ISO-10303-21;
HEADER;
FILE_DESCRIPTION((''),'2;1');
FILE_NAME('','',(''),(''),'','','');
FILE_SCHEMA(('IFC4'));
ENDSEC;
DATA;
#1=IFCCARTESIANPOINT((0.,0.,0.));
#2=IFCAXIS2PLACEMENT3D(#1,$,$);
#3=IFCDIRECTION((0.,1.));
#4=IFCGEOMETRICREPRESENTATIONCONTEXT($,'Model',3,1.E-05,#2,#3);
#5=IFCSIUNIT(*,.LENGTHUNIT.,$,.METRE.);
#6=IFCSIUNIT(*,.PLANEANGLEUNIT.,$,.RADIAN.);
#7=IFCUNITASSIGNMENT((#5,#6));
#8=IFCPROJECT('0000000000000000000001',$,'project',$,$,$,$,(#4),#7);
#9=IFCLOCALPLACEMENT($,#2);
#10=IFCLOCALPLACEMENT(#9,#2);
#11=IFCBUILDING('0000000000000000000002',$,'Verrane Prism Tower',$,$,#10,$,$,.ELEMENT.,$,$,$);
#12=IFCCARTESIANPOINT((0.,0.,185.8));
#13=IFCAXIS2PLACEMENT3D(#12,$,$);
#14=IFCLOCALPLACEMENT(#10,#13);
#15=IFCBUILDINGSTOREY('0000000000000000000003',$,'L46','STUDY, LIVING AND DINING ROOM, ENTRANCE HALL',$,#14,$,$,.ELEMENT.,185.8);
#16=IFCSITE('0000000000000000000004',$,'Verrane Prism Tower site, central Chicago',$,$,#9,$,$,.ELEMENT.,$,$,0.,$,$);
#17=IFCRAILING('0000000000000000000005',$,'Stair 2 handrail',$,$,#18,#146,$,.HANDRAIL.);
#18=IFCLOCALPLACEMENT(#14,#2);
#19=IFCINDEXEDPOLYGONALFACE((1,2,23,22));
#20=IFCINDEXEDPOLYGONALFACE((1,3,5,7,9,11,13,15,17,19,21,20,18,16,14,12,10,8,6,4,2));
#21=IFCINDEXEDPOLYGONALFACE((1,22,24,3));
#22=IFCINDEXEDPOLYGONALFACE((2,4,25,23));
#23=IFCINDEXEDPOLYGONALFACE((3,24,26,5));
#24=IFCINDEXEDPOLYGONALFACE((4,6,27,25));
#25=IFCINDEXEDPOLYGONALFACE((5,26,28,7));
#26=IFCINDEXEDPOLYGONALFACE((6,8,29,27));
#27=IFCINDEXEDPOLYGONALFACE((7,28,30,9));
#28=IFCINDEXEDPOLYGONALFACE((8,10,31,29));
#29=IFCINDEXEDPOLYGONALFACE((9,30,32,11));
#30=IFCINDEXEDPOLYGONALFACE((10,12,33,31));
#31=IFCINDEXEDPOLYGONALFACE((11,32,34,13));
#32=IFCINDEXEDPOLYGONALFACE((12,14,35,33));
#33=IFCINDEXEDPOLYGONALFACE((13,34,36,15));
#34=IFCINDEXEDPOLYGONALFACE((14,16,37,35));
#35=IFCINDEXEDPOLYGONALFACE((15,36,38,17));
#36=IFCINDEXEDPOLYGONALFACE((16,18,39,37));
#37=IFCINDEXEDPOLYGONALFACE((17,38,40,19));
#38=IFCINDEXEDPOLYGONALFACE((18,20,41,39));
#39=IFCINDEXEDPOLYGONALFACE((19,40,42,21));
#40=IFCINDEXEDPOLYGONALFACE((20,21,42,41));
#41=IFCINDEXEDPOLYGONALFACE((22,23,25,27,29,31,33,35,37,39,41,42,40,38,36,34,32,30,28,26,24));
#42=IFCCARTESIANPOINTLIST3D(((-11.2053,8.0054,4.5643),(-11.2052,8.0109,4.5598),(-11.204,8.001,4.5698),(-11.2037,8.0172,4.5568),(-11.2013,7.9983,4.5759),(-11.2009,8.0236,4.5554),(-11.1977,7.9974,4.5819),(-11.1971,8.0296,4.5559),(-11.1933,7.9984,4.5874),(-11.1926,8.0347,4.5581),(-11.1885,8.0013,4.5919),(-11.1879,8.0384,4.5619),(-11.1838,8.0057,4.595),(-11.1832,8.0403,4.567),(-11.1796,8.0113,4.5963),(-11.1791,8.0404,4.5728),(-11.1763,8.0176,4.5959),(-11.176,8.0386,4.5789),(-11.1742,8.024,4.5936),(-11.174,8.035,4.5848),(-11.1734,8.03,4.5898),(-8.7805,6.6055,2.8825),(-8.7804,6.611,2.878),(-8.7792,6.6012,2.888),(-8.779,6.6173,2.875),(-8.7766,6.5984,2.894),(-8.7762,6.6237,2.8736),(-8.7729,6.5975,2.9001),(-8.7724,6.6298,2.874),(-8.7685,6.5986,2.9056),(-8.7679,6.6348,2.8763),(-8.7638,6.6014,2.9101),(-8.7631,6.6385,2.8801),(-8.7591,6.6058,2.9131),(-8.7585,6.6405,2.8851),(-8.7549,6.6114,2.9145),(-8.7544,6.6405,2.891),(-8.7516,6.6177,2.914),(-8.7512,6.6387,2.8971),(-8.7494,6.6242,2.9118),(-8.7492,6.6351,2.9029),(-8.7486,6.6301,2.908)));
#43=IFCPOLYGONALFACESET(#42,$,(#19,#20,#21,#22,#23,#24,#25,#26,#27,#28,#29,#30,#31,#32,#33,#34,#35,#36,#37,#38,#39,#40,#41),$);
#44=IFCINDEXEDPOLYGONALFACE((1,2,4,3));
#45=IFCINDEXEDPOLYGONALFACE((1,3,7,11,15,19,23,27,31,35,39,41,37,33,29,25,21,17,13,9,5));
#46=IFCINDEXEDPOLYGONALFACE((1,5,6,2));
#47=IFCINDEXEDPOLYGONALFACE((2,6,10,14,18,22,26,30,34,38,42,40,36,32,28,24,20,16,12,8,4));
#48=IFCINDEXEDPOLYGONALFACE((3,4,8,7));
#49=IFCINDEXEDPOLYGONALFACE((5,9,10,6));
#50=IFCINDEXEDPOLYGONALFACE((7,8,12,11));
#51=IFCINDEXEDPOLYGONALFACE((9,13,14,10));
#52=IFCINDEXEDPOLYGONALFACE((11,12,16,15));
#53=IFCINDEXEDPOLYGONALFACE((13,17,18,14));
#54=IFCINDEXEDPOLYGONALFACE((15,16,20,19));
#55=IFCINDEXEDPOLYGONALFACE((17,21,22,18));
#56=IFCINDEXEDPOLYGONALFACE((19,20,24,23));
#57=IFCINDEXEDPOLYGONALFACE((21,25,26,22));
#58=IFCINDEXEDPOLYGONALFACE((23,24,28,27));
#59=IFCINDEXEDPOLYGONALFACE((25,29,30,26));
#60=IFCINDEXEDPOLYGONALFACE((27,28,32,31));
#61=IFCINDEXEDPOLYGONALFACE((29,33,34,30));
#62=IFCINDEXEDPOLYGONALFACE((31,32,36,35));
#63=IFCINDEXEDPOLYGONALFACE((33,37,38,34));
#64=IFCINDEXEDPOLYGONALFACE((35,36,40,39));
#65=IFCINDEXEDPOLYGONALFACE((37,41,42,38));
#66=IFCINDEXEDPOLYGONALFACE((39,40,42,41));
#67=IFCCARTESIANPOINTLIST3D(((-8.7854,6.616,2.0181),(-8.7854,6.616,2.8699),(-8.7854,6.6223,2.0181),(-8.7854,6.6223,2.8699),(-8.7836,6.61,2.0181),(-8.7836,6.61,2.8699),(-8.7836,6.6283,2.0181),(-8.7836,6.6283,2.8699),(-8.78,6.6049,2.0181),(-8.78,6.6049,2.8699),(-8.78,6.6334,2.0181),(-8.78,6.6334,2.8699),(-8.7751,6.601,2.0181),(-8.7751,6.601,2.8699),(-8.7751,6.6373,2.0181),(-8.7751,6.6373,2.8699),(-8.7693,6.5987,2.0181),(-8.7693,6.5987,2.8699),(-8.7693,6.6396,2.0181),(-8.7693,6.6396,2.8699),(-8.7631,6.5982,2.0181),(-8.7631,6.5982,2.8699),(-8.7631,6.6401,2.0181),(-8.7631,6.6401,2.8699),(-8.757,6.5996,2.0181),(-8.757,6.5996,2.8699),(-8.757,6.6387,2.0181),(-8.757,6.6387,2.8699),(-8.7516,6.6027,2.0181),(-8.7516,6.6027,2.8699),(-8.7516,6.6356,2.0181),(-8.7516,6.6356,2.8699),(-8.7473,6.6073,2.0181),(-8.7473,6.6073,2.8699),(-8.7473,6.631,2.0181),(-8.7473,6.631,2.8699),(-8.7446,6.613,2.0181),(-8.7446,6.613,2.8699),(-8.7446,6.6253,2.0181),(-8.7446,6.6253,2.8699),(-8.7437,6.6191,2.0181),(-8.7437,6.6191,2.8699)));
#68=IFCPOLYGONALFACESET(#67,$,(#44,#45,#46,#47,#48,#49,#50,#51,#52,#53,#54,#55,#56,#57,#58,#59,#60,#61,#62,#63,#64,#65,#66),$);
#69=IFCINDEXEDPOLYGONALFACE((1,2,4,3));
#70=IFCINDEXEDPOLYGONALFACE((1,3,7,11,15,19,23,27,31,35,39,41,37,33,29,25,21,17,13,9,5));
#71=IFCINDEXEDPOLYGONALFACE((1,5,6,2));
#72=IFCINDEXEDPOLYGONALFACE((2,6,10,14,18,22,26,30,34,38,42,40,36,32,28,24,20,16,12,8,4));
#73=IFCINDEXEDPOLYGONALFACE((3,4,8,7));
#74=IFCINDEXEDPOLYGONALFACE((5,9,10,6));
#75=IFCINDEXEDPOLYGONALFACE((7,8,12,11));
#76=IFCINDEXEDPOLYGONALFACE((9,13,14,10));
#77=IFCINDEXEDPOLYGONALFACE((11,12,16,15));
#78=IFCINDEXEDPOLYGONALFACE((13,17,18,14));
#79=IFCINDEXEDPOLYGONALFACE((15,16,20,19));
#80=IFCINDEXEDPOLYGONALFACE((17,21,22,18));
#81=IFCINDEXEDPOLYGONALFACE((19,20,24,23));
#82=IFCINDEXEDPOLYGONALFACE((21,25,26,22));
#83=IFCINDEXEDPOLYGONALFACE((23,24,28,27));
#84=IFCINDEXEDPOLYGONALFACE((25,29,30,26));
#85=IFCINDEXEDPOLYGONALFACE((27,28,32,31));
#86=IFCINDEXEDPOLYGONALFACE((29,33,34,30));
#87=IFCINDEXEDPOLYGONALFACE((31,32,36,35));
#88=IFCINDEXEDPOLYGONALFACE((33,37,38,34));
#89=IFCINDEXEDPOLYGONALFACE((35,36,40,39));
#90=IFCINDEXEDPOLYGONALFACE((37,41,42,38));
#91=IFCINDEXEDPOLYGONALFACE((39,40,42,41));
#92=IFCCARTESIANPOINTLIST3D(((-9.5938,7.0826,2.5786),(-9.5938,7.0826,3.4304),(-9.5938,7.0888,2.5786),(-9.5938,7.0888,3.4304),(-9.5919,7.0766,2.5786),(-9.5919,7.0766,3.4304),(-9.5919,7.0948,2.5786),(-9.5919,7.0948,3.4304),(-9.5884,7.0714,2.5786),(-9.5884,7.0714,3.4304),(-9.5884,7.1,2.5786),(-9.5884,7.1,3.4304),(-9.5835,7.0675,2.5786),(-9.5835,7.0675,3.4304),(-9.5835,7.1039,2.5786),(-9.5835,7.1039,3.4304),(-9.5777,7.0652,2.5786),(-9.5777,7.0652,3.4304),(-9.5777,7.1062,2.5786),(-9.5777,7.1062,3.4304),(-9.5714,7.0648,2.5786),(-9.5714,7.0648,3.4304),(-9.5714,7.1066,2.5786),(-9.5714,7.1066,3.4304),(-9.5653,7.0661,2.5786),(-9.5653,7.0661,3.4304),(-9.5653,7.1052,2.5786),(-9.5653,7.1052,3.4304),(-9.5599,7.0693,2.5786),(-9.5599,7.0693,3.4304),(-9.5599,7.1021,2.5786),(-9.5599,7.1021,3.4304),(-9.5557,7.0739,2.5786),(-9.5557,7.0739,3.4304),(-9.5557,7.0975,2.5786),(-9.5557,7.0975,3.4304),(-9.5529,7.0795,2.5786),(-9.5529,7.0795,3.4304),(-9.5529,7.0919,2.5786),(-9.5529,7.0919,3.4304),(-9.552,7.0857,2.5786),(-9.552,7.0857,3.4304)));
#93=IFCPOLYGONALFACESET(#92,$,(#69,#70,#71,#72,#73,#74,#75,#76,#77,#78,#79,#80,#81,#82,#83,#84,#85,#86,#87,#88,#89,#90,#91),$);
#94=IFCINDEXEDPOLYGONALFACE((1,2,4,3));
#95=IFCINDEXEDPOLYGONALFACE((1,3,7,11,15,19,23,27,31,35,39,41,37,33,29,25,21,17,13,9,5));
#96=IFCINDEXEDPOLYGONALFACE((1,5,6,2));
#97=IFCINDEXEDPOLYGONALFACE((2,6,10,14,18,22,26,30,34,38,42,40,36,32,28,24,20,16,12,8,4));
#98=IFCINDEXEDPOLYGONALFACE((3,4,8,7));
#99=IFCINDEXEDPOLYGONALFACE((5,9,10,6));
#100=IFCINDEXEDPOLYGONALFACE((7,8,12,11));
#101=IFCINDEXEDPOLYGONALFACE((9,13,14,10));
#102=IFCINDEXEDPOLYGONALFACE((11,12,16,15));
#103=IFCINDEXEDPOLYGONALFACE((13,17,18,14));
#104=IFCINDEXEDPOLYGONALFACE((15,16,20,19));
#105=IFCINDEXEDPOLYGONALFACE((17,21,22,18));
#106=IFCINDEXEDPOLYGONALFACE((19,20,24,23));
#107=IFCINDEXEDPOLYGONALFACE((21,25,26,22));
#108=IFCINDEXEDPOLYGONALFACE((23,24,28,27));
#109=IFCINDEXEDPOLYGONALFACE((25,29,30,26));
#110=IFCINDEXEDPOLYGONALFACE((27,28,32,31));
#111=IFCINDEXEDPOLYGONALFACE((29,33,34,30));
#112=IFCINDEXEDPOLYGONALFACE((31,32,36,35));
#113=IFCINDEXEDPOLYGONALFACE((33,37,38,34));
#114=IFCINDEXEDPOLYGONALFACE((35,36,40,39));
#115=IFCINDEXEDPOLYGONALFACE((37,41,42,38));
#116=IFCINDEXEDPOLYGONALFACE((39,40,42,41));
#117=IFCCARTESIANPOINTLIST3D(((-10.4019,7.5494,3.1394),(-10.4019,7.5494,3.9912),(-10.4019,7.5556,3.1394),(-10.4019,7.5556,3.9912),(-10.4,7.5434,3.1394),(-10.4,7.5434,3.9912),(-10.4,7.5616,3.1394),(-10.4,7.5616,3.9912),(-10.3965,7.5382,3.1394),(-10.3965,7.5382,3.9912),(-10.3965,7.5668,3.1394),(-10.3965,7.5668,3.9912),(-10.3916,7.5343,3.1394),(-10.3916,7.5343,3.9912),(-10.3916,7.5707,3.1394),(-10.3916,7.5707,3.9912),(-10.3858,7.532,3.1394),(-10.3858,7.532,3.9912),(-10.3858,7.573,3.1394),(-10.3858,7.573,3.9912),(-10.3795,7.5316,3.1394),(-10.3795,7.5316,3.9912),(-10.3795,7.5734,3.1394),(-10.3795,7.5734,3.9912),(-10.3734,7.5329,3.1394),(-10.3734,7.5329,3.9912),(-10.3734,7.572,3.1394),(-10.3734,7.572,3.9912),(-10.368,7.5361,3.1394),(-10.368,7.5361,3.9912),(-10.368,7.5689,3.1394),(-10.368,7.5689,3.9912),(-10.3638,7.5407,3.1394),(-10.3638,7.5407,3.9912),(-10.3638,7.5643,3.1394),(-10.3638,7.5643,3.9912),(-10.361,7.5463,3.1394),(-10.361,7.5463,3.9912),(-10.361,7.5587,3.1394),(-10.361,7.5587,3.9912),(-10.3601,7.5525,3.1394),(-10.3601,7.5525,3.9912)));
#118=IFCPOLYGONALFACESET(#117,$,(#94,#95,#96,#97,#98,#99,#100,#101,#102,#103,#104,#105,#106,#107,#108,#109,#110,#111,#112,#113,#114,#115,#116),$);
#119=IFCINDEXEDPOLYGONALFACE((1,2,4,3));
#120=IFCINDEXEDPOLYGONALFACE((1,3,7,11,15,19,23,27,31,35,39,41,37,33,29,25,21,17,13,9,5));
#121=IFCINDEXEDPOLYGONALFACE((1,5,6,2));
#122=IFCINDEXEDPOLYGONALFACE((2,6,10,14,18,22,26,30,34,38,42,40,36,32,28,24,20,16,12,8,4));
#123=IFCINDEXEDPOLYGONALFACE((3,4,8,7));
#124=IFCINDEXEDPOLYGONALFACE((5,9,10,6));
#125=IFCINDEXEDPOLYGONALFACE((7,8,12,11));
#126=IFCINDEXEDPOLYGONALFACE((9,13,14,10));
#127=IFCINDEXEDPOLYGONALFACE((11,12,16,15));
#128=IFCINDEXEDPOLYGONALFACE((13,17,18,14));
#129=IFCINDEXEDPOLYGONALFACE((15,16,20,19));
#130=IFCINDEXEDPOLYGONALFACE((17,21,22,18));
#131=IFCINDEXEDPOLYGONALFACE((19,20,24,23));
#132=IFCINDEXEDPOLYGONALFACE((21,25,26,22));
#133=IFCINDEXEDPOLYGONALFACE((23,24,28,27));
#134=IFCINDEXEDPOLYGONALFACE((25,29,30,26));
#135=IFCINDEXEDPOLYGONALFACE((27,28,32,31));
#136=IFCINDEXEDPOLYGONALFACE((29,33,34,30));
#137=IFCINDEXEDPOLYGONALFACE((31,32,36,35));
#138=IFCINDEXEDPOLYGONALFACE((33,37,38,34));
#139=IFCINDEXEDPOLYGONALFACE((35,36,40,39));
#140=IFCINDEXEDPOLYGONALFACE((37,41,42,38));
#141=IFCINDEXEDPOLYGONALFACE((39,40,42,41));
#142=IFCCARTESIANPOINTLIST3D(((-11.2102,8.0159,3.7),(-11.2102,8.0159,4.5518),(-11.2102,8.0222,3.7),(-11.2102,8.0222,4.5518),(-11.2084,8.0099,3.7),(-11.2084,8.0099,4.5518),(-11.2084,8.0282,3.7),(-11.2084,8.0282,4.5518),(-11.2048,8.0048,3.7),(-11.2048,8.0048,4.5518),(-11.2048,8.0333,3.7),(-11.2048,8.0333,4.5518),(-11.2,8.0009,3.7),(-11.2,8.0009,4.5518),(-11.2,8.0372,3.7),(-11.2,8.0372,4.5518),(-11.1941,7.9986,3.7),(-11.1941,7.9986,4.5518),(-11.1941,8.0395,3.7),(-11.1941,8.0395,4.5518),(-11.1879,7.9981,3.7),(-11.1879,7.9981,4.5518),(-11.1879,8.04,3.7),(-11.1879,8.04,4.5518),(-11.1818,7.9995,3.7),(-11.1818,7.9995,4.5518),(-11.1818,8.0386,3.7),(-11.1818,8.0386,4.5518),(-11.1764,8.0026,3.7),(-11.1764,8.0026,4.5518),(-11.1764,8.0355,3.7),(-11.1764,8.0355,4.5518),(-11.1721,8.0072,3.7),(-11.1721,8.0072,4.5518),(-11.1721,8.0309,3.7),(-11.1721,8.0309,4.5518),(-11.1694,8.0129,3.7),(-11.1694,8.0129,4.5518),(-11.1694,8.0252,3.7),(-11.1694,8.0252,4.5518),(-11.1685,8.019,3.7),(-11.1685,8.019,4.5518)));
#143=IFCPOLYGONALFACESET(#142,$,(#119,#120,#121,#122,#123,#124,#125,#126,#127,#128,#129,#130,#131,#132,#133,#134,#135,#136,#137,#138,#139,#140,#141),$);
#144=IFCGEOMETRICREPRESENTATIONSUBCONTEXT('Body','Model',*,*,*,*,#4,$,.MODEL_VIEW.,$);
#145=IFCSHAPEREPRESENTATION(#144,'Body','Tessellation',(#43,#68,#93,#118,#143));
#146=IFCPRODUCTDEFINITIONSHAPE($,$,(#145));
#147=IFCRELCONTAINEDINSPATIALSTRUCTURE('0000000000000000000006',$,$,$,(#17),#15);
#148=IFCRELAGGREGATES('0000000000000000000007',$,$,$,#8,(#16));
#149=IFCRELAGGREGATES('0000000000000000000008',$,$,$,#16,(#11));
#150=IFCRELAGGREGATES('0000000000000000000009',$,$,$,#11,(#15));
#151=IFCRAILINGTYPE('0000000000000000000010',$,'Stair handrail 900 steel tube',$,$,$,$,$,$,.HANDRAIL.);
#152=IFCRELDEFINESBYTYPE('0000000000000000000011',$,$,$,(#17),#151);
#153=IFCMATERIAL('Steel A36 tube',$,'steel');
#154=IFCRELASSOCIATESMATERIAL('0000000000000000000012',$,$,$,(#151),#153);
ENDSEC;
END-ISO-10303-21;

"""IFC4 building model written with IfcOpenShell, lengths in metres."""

from ifc_helpers import new_model, si_unit, direction, frame, origin, origin_2d, place, context, subcontext, project, spatial, circle, extrude, material, type_object, element, save


model = new_model("IFC4")

# Units and contexts
model_context = context("Model", 3, precision=1e-05, world=origin(), true_north=direction((0.0, 1.0)))
body_context = subcontext(model_context, "Body", "Model", "MODEL_VIEW")
ifc_project = project(units=[si_unit("LENGTHUNIT", "METRE"), si_unit("PLANEANGLEUNIT", "RADIAN")], contexts=[model_context])

# Site, building, storey
site_placement = place(None, origin())
site = spatial("IfcSite", under=ifc_project, at=site_placement, Name="Verrane Prism Tower site, central Chicago", CompositionType="ELEMENT", RefElevation=0.0)
building_placement = place(site_placement, origin())
building = spatial("IfcBuilding", under=site, at=building_placement, Name="Verrane Prism Tower", CompositionType="ELEMENT")
storey_placement = place(building_placement, frame((0.0, 0.0, 185.8)))
storey = spatial("IfcBuildingStorey", under=building, at=storey_placement, Name="L46", Description="STUDY, LIVING AND DINING ROOM, ENTRANCE HALL", CompositionType="ELEMENT", Elevation=185.8)

# Railing
ifc_material_1 = material(Name="Steel A36 tube", Category="steel")
railing_type_1 = type_object("IfcRailingType", Name="Stair handrail 900 steel tube", PredefinedType="HANDRAIL", material=ifc_material_1)
railing_1_placement = place(storey_placement, frame((-8.7646, 6.6191, 2.0181)))
element("IfcRailing", 1, at=railing_1_placement, inside=storey, type_object=railing_type_1, Name="Stair 2 handrail", PredefinedType="HANDRAIL", context=body_context, shape_type="SweptSolid", body=[
    extrude(circle(Radius=0.0239, at=origin_2d()), frame((0.0, 0.0, 0.876), z_axis=(-0.74239, 0.428601, 0.514934), x_axis=(-0.499984, -0.866035, 0.0)), (0.0, 0.0, 1.0), 3.2661),
    extrude(circle(Radius=0.021, at=origin_2d()), origin(), (0.0, 0.0, 1.0), 0.8518),
    extrude(circle(Radius=0.021, at=origin_2d()), frame((-0.8083, 0.4666, 0.5605)), (0.0, 0.0, 1.0), 0.8518),
    extrude(circle(Radius=0.021, at=origin_2d()), frame((-1.6165, 0.9333, 1.1213)), (0.0, 0.0, 1.0), 0.8518),
    extrude(circle(Radius=0.021, at=origin_2d()), frame((-2.4248, 1.3999, 1.6819)), (0.0, 0.0, 1.0), 0.8518),
])

save(model, "model.ifc")
